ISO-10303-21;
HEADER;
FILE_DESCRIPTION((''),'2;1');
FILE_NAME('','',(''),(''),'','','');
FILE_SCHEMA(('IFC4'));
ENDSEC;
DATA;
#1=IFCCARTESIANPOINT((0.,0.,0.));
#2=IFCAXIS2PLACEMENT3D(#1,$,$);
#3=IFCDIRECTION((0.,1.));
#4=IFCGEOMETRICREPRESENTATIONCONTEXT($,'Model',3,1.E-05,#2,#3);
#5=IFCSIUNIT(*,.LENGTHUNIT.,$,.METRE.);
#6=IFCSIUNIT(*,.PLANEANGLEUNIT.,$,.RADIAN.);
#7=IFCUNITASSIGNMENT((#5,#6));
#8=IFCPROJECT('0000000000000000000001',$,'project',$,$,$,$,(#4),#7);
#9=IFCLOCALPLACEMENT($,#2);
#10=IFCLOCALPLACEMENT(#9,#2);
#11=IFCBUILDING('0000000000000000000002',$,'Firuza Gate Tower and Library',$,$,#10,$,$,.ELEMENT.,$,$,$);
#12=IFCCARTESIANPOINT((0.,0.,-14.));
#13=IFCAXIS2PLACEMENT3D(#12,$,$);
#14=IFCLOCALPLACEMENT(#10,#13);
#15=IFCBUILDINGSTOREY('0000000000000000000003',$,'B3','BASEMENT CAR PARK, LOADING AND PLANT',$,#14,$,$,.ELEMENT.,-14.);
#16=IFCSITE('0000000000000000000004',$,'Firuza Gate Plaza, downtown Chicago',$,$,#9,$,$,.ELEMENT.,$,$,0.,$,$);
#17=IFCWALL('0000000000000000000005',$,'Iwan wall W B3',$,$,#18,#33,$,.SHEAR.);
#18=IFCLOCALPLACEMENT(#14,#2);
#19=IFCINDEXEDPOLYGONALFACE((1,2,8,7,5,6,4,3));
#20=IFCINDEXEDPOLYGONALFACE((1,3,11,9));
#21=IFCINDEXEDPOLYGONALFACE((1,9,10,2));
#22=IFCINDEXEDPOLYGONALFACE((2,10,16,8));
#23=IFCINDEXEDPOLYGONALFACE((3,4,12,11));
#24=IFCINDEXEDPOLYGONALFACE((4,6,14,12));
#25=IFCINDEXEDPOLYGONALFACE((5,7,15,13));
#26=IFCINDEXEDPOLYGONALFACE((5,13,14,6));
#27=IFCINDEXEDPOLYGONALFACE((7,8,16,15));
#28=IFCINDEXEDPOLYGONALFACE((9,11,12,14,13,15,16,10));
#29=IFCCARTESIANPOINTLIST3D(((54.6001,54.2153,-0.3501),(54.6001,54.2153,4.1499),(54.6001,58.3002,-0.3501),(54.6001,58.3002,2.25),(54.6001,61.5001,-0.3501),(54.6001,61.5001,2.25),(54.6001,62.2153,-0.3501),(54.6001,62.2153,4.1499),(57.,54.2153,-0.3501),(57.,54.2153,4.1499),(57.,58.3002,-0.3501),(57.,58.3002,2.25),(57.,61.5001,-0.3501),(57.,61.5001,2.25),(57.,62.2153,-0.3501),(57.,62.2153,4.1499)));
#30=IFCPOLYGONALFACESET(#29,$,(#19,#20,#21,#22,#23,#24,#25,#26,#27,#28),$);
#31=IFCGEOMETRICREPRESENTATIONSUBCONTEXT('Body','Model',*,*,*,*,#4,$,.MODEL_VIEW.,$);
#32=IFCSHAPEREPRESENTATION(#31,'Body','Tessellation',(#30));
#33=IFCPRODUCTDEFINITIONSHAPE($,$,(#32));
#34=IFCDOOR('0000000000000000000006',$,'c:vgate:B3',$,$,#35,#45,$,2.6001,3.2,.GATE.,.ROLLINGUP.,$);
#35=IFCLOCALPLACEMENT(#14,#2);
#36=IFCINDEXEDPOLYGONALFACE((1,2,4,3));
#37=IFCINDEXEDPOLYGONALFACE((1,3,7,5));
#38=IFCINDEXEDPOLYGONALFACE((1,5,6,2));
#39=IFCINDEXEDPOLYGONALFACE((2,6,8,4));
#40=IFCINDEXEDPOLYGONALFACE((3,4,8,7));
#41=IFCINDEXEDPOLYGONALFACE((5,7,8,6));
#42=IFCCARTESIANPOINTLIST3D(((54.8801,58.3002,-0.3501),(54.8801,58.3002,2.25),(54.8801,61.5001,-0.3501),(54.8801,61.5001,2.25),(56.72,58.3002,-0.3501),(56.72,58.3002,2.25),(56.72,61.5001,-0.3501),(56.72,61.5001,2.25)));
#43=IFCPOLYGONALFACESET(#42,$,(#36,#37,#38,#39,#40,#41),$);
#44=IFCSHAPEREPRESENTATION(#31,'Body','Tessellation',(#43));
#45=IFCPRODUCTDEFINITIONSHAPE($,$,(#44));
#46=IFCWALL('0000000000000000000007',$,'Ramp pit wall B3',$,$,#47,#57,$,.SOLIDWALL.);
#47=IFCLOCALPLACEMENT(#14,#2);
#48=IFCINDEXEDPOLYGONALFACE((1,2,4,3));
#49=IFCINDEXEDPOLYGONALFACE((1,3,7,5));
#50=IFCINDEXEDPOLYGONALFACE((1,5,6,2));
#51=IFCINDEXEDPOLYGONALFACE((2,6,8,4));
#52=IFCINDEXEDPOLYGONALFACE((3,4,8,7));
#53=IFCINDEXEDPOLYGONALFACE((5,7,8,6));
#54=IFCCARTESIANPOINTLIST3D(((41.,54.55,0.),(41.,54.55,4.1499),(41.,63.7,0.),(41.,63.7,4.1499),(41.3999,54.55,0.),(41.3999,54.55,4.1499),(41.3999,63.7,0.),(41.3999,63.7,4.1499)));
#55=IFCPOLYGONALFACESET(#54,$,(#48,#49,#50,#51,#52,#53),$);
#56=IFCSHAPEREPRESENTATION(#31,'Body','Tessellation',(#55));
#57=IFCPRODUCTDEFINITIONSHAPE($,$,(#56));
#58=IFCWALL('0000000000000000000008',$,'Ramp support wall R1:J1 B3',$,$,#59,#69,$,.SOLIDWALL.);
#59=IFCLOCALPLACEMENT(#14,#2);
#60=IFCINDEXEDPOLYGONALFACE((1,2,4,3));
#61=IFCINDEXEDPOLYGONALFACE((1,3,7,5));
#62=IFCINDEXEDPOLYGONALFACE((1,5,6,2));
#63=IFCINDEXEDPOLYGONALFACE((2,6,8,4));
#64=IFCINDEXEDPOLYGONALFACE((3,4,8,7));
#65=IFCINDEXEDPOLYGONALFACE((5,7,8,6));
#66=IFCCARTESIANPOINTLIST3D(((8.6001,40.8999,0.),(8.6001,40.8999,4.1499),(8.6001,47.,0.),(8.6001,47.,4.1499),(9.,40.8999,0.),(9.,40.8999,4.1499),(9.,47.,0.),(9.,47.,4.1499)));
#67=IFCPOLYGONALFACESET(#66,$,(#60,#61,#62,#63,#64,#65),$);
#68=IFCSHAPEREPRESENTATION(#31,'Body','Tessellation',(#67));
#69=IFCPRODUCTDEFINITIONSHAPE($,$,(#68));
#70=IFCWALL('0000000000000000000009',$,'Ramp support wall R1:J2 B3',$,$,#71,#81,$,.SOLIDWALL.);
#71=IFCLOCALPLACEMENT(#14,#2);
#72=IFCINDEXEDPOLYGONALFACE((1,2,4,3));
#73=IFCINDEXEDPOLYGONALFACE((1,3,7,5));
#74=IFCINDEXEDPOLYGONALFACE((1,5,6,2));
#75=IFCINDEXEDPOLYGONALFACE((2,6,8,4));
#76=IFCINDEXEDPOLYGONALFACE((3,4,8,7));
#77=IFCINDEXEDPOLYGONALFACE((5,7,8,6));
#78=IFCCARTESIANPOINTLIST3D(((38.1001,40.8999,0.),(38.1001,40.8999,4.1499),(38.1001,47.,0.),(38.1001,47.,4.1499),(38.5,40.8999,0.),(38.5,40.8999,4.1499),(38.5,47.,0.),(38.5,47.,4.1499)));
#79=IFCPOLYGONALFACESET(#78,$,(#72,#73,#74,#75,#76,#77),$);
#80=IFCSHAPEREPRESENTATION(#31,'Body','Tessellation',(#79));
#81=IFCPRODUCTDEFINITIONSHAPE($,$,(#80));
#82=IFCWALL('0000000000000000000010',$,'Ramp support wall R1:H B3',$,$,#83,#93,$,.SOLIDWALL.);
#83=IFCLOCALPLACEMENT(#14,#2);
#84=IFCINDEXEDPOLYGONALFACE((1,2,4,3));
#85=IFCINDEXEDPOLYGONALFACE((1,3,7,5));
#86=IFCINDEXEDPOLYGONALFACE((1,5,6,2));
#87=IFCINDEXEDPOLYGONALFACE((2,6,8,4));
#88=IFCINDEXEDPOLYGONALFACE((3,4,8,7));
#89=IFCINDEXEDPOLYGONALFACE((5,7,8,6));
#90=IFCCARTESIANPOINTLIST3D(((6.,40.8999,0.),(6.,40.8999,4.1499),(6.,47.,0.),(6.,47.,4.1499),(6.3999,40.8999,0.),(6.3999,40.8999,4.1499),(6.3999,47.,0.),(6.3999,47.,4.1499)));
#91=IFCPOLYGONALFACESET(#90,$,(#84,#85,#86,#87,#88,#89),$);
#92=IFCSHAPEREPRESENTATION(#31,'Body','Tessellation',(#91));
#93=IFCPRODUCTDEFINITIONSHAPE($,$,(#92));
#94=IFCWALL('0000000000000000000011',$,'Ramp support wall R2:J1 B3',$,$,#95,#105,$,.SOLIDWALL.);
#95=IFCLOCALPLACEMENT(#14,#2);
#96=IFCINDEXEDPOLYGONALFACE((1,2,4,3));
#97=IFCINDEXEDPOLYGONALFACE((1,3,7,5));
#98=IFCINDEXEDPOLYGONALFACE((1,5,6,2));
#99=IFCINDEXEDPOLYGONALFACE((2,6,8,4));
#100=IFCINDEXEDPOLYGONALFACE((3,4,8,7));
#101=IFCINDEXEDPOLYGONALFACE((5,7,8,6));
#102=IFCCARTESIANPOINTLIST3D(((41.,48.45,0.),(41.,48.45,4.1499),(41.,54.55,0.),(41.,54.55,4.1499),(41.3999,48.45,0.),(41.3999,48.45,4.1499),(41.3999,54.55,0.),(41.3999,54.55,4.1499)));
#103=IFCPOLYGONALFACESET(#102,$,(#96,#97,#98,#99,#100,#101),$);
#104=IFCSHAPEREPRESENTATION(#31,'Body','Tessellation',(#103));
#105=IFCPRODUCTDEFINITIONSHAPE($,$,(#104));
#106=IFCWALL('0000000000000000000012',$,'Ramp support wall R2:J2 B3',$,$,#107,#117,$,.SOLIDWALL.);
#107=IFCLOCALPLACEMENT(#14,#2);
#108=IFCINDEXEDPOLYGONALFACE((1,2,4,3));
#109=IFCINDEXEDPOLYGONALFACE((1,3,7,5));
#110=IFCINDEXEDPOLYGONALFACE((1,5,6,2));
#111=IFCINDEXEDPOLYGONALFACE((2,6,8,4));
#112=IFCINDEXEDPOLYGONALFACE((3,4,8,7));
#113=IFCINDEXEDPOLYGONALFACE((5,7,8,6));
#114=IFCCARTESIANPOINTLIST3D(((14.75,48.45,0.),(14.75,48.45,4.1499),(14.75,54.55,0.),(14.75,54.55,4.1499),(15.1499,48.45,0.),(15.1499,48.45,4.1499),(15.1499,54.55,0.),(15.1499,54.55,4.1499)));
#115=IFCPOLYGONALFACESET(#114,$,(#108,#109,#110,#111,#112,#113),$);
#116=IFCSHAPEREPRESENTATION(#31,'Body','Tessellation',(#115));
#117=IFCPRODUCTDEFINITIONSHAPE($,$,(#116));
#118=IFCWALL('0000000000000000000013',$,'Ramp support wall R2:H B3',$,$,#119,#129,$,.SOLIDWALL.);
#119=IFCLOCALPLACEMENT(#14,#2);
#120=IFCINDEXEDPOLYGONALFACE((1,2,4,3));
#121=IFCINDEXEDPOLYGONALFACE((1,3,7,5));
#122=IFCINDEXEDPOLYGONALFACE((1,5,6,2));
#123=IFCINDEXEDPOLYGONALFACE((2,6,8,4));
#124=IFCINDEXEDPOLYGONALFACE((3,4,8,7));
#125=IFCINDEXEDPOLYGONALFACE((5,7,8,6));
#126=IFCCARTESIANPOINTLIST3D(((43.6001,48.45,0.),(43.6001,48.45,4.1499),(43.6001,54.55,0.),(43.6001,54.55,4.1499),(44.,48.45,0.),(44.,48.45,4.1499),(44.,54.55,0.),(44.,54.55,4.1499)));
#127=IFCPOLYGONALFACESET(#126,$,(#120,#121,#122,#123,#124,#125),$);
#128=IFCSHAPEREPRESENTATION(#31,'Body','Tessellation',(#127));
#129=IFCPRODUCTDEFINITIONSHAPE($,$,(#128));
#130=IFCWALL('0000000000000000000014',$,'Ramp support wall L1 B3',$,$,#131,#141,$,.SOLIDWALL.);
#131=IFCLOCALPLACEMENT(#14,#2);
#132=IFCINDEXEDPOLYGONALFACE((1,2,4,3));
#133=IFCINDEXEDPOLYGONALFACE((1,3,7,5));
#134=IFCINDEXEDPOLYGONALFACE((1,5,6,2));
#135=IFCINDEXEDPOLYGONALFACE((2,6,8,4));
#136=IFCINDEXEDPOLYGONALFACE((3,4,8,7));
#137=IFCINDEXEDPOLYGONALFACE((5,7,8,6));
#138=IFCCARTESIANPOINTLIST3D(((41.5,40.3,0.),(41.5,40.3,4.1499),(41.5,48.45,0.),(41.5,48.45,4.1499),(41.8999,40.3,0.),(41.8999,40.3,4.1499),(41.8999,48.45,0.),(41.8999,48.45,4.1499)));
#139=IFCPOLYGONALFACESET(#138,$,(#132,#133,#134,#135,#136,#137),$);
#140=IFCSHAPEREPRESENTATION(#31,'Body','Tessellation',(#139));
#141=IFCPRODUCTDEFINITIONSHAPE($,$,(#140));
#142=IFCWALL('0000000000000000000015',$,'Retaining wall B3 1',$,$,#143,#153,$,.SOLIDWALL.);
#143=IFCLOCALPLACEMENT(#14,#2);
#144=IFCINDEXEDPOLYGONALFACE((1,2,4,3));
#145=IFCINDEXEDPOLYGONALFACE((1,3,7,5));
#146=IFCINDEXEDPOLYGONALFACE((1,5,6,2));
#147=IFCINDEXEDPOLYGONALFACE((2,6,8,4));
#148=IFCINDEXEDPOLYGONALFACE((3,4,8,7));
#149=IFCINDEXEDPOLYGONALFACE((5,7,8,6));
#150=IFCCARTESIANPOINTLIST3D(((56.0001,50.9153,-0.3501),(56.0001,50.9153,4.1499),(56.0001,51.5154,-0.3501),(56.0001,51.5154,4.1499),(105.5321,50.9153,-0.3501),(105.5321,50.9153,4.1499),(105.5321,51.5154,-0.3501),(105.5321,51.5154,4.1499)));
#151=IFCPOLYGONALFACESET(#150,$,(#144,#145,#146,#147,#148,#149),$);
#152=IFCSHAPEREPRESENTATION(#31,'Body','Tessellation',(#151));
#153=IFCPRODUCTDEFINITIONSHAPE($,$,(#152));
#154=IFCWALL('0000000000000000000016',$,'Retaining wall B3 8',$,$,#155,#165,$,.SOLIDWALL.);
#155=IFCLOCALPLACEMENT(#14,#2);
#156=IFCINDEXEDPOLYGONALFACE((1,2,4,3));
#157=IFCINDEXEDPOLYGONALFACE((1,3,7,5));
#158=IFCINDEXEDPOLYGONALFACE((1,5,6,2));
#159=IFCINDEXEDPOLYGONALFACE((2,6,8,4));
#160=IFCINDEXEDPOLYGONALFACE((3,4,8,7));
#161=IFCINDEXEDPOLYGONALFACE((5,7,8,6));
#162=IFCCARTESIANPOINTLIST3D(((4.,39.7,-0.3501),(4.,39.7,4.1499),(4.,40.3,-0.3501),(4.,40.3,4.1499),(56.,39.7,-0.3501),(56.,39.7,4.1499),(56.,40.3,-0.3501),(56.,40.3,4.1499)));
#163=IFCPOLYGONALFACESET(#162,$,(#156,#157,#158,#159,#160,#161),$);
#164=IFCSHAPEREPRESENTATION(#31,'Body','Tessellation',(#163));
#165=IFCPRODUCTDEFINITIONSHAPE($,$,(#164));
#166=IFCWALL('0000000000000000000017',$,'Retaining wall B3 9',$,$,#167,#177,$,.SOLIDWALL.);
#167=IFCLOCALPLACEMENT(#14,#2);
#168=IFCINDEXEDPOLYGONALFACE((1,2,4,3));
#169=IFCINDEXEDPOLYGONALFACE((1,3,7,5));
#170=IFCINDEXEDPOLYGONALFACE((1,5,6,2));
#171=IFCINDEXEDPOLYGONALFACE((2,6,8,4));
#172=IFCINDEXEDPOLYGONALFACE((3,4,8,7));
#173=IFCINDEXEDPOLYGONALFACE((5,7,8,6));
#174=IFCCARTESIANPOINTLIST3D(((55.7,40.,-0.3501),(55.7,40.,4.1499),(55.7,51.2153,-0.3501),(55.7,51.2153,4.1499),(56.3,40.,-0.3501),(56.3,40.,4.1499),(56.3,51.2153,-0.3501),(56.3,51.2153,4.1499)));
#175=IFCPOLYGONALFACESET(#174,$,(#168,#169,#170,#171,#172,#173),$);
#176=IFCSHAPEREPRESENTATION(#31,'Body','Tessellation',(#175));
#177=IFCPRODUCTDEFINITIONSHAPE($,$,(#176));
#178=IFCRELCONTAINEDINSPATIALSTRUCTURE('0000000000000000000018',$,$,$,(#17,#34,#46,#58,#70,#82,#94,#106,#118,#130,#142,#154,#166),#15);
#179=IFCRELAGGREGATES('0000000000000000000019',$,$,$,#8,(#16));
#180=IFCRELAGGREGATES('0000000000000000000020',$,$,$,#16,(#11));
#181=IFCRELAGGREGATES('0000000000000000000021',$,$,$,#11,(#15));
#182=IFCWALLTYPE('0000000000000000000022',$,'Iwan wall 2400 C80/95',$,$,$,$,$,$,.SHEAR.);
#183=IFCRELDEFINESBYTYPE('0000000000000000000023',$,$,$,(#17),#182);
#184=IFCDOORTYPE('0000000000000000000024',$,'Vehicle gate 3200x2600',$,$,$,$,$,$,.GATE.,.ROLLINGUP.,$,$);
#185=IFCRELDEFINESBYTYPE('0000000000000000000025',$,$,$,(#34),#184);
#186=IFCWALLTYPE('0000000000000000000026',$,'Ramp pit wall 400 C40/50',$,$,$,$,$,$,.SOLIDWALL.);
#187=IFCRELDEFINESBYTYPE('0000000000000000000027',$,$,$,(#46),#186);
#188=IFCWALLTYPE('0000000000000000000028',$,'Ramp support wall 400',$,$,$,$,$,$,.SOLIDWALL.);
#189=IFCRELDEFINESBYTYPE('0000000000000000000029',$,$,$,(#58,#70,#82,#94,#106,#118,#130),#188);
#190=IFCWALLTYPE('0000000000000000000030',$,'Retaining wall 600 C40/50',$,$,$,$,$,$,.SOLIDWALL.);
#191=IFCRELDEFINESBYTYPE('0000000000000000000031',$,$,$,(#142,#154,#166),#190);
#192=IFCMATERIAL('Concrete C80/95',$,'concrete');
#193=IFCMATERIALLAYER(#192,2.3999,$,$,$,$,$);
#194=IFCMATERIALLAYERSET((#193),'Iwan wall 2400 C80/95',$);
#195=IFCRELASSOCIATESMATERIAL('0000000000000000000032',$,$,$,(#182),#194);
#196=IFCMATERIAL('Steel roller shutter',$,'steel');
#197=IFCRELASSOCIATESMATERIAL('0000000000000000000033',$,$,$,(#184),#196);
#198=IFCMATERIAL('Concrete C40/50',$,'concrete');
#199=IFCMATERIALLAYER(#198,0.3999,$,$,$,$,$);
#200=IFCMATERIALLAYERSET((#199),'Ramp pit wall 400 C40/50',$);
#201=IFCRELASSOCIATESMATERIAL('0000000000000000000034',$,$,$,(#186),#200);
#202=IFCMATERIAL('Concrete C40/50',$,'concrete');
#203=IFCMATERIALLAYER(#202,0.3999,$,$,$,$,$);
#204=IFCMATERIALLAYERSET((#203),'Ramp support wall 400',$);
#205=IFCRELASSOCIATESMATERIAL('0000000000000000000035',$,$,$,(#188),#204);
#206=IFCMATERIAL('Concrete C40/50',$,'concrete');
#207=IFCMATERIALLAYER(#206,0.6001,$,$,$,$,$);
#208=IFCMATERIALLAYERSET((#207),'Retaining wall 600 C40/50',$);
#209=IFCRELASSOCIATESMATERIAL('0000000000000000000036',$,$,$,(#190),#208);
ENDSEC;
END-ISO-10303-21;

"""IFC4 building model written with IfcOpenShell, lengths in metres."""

from ifc_helpers import new_model, si_unit, direction, frame, frame_2d, origin, place, context, subcontext, project, spatial, rectangle, extrude, material, layer, layer_set, type_object, element, fill, save


model = new_model("IFC4")

# Units and contexts
model_context = context("Model", 3, precision=1e-05, world=origin(), true_north=direction((0.0, 1.0)))
body_context = subcontext(model_context, "Body", "Model", "MODEL_VIEW")
ifc_project = project(units=[si_unit("LENGTHUNIT", "METRE"), si_unit("PLANEANGLEUNIT", "RADIAN")], contexts=[model_context])

# Site, building, storey
site_placement = place(None, origin())
site = spatial("IfcSite", under=ifc_project, at=site_placement, Name="Firuza Gate Plaza, downtown Chicago", CompositionType="ELEMENT", RefElevation=0.0)
building_placement = place(site_placement, origin())
building = spatial("IfcBuilding", under=site, at=building_placement, Name="Firuza Gate Tower and Library", CompositionType="ELEMENT")
storey_placement = place(building_placement, frame((0.0, 0.0, -14.0)))
storey = spatial("IfcBuildingStorey", under=building, at=storey_placement, Name="B3", Description="BASEMENT CAR PARK, LOADING AND PLANT", CompositionType="ELEMENT", Elevation=-14.0)

# Wall, opening, door
ifc_material_1 = material(Name="Concrete C80/95", Category="concrete")
ifc_layer_1 = layer(ifc_material_1, 2.3999)
ifc_layer_set_1 = layer_set([ifc_layer_1], Name="Iwan wall 2400 C80/95")
wall_type_1 = type_object("IfcWallType", Name="Iwan wall 2400 C80/95", PredefinedType="SHEAR", material=ifc_layer_set_1)
wall_1_placement = place(storey_placement, frame((55.8, 54.2153, -0.3501), z_axis=(0.0, 0.0, 1.0), x_axis=(0.0, 1.0, 0.0)))
wall_1 = element("IfcWall", 1, at=wall_1_placement, inside=storey, type_object=wall_type_1, Name="Iwan wall W B3", PredefinedType="SHEAR", context=body_context, shape_type="SweptSolid", body=[
    extrude(rectangle(XDim=8.0, YDim=2.3999, at=frame_2d((4.0, 0.0))), origin(), (0.0, 0.0, 1.0), 4.5),
])
opening_placement = place(wall_1_placement, frame((4.0847, 0.0, 0.0)))
opening = element("IfcOpeningElement", 2, at=opening_placement, cuts=wall_1, PredefinedType="OPENING", context=body_context, shape_type="SweptSolid", body=[
    extrude(rectangle(XDim=3.2, YDim=2.6001, at=frame_2d((1.6001, 1.3))), frame((0.0, 1.21, 0.0), z_axis=(0.0, -1.0, 0.0), x_axis=(1.0, 0.0, 0.0)), (0.0, 0.0, 1.0), 2.4199),
])
ifc_material_2 = material(Name="Steel roller shutter", Category="steel")
door_type = type_object("IfcDoorType", Name="Vehicle gate 3200x2600", OperationType="ROLLINGUP", PredefinedType="GATE", material=ifc_material_2)
door_placement = place(opening_placement, origin())
door = element("IfcDoor", 3, at=door_placement, inside=storey, type_object=door_type, Name="c:vgate:B3", OperationType="ROLLINGUP", OverallHeight=2.6001, OverallWidth=3.2, PredefinedType="GATE", context=body_context, shape_type="SweptSolid", body=[
    extrude(rectangle(XDim=3.2, YDim=2.6001, at=frame_2d((1.6001, 1.3))), frame((0.0, 0.9199, 0.0), z_axis=(0.0, -1.0, 0.0), x_axis=(1.0, 0.0, 0.0)), (0.0, 0.0, 1.0), 1.8398),
])
fill(opening, door)

# Walls
ifc_material_3 = material(Name="Concrete C40/50", Category="concrete")
ifc_layer_2 = layer(ifc_material_3, 0.3999)
ifc_layer_set_2 = layer_set([ifc_layer_2], Name="Ramp pit wall 400 C40/50")
wall_type_2 = type_object("IfcWallType", Name="Ramp pit wall 400 C40/50", PredefinedType="SOLIDWALL", material=ifc_layer_set_2)
wall_2_placement = place(storey_placement, frame((41.2, 54.55, 0.0), z_axis=(0.0, 0.0, 1.0), x_axis=(0.0, 1.0, 0.0)))
element("IfcWall", 4, at=wall_2_placement, inside=storey, type_object=wall_type_2, Name="Ramp pit wall B3", PredefinedType="SOLIDWALL", context=body_context, shape_type="SweptSolid", body=[
    extrude(rectangle(XDim=9.1499, YDim=0.3999, at=frame_2d((4.575, 0.0))), origin(), (0.0, 0.0, 1.0), 4.1499),
])
ifc_material_4 = material(Name="Concrete C40/50", Category="concrete")
ifc_layer_3 = layer(ifc_material_4, 0.3999)
ifc_layer_set_3 = layer_set([ifc_layer_3], Name="Ramp support wall 400")
wall_type_3 = type_object("IfcWallType", Name="Ramp support wall 400", PredefinedType="SOLIDWALL", material=ifc_layer_set_3)
for number, where, z_axis, x_axis, name in (
    (5, (8.8, 40.8999, 0.0), (0.0, 0.0, 1.0), (0.0, 1.0, 0.0), "Ramp support wall R1:J1 B3"),
    (6, (38.3, 40.8999, 0.0), (0.0, 0.0, 1.0), (0.0, 1.0, 0.0), "Ramp support wall R1:J2 B3"),
):
    element("IfcWall", number, at=place(storey_placement, frame(where, z_axis=z_axis, x_axis=x_axis)), inside=storey, type_object=wall_type_3, Name=name, PredefinedType="SOLIDWALL", context=body_context, shape_type="SweptSolid", body=[
        extrude(rectangle(XDim=6.1001, YDim=0.3999, at=frame_2d((3.05, 0.0))), origin(), (0.0, 0.0, 1.0), 4.1499),
    ])
wall_3_placement = place(storey_placement, frame((6.0, 43.95, 0.0), z_axis=(0.0, 0.0, 1.0), x_axis=(1.0, 0.0, 0.0)))
element("IfcWall", 7, at=wall_3_placement, inside=storey, type_object=wall_type_3, Name="Ramp support wall R1:H B3", PredefinedType="SOLIDWALL", context=body_context, shape_type="SweptSolid", body=[
    extrude(rectangle(XDim=0.3999, YDim=6.1001, at=frame_2d((0.2, 0.0))), origin(), (0.0, 0.0, 1.0), 4.1499),
])
for number, where, z_axis, x_axis, name in (
    (8, (41.2, 48.45, 0.0), (0.0, 0.0, 1.0), (0.0, 1.0, 0.0), "Ramp support wall R2:J1 B3"),
    (9, (14.95, 48.45, 0.0), (0.0, 0.0, 1.0), (0.0, 1.0, 0.0), "Ramp support wall R2:J2 B3"),
):
    element("IfcWall", number, at=place(storey_placement, frame(where, z_axis=z_axis, x_axis=x_axis)), inside=storey, type_object=wall_type_3, Name=name, PredefinedType="SOLIDWALL", context=body_context, shape_type="SweptSolid", body=[
        extrude(rectangle(XDim=6.1001, YDim=0.3999, at=frame_2d((3.05, 0.0))), origin(), (0.0, 0.0, 1.0), 4.1499),
    ])
wall_4_placement = place(storey_placement, frame((43.6001, 51.5, 0.0), z_axis=(0.0, 0.0, 1.0), x_axis=(1.0, 0.0, 0.0)))
element("IfcWall", 10, at=wall_4_placement, inside=storey, type_object=wall_type_3, Name="Ramp support wall R2:H B3", PredefinedType="SOLIDWALL", context=body_context, shape_type="SweptSolid", body=[
    extrude(rectangle(XDim=0.3999, YDim=6.1001, at=frame_2d((0.2, 0.0))), origin(), (0.0, 0.0, 1.0), 4.1499),
])
wall_5_placement = place(storey_placement, frame((41.7, 40.3, 0.0), z_axis=(0.0, 0.0, 1.0), x_axis=(0.0, 1.0, 0.0)))
element("IfcWall", 11, at=wall_5_placement, inside=storey, type_object=wall_type_3, Name="Ramp support wall L1 B3", PredefinedType="SOLIDWALL", context=body_context, shape_type="SweptSolid", body=[
    extrude(rectangle(XDim=8.1499, YDim=0.3999, at=frame_2d((4.075, 0.0))), origin(), (0.0, 0.0, 1.0), 4.1499),
])
ifc_material_5 = material(Name="Concrete C40/50", Category="concrete")
ifc_layer_4 = layer(ifc_material_5, 0.6001)
ifc_layer_set_4 = layer_set([ifc_layer_4], Name="Retaining wall 600 C40/50")
wall_type_4 = type_object("IfcWallType", Name="Retaining wall 600 C40/50", PredefinedType="SOLIDWALL", material=ifc_layer_set_4)
wall_6_placement = place(storey_placement, frame((56.0, 51.2153, -0.3501), z_axis=(0.0, 0.0, 1.0), x_axis=(1.0, 0.0, 0.0)))
element("IfcWall", 12, at=wall_6_placement, inside=storey, type_object=wall_type_4, Name="Retaining wall B3 1", PredefinedType="SOLIDWALL", context=body_context, shape_type="SweptSolid", body=[
    extrude(rectangle(XDim=49.532, YDim=0.6001, at=frame_2d((24.7661, 0.0))), origin(), (0.0, 0.0, 1.0), 4.5),
])
wall_7_placement = place(storey_placement, frame((4.0, 40.0, -0.3501), z_axis=(0.0, 0.0, 1.0), x_axis=(1.0, 0.0, 0.0)))
element("IfcWall", 13, at=wall_7_placement, inside=storey, type_object=wall_type_4, Name="Retaining wall B3 8", PredefinedType="SOLIDWALL", context=body_context, shape_type="SweptSolid", body=[
    extrude(rectangle(XDim=52.0, YDim=0.6001, at=frame_2d((26.0, 0.0))), origin(), (0.0, 0.0, 1.0), 4.5),
])
wall_8_placement = place(storey_placement, frame((56.0, 40.0, -0.3501), z_axis=(0.0, 0.0, 1.0), x_axis=(0.0, 1.0, 0.0)))
element("IfcWall", 14, at=wall_8_placement, inside=storey, type_object=wall_type_4, Name="Retaining wall B3 9", PredefinedType="SOLIDWALL", context=body_context, shape_type="SweptSolid", body=[
    extrude(rectangle(XDim=11.2153, YDim=0.6001, at=frame_2d((5.6077, 0.0))), origin(), (0.0, 0.0, 1.0), 4.5),
])

save(model, "model.ifc")
